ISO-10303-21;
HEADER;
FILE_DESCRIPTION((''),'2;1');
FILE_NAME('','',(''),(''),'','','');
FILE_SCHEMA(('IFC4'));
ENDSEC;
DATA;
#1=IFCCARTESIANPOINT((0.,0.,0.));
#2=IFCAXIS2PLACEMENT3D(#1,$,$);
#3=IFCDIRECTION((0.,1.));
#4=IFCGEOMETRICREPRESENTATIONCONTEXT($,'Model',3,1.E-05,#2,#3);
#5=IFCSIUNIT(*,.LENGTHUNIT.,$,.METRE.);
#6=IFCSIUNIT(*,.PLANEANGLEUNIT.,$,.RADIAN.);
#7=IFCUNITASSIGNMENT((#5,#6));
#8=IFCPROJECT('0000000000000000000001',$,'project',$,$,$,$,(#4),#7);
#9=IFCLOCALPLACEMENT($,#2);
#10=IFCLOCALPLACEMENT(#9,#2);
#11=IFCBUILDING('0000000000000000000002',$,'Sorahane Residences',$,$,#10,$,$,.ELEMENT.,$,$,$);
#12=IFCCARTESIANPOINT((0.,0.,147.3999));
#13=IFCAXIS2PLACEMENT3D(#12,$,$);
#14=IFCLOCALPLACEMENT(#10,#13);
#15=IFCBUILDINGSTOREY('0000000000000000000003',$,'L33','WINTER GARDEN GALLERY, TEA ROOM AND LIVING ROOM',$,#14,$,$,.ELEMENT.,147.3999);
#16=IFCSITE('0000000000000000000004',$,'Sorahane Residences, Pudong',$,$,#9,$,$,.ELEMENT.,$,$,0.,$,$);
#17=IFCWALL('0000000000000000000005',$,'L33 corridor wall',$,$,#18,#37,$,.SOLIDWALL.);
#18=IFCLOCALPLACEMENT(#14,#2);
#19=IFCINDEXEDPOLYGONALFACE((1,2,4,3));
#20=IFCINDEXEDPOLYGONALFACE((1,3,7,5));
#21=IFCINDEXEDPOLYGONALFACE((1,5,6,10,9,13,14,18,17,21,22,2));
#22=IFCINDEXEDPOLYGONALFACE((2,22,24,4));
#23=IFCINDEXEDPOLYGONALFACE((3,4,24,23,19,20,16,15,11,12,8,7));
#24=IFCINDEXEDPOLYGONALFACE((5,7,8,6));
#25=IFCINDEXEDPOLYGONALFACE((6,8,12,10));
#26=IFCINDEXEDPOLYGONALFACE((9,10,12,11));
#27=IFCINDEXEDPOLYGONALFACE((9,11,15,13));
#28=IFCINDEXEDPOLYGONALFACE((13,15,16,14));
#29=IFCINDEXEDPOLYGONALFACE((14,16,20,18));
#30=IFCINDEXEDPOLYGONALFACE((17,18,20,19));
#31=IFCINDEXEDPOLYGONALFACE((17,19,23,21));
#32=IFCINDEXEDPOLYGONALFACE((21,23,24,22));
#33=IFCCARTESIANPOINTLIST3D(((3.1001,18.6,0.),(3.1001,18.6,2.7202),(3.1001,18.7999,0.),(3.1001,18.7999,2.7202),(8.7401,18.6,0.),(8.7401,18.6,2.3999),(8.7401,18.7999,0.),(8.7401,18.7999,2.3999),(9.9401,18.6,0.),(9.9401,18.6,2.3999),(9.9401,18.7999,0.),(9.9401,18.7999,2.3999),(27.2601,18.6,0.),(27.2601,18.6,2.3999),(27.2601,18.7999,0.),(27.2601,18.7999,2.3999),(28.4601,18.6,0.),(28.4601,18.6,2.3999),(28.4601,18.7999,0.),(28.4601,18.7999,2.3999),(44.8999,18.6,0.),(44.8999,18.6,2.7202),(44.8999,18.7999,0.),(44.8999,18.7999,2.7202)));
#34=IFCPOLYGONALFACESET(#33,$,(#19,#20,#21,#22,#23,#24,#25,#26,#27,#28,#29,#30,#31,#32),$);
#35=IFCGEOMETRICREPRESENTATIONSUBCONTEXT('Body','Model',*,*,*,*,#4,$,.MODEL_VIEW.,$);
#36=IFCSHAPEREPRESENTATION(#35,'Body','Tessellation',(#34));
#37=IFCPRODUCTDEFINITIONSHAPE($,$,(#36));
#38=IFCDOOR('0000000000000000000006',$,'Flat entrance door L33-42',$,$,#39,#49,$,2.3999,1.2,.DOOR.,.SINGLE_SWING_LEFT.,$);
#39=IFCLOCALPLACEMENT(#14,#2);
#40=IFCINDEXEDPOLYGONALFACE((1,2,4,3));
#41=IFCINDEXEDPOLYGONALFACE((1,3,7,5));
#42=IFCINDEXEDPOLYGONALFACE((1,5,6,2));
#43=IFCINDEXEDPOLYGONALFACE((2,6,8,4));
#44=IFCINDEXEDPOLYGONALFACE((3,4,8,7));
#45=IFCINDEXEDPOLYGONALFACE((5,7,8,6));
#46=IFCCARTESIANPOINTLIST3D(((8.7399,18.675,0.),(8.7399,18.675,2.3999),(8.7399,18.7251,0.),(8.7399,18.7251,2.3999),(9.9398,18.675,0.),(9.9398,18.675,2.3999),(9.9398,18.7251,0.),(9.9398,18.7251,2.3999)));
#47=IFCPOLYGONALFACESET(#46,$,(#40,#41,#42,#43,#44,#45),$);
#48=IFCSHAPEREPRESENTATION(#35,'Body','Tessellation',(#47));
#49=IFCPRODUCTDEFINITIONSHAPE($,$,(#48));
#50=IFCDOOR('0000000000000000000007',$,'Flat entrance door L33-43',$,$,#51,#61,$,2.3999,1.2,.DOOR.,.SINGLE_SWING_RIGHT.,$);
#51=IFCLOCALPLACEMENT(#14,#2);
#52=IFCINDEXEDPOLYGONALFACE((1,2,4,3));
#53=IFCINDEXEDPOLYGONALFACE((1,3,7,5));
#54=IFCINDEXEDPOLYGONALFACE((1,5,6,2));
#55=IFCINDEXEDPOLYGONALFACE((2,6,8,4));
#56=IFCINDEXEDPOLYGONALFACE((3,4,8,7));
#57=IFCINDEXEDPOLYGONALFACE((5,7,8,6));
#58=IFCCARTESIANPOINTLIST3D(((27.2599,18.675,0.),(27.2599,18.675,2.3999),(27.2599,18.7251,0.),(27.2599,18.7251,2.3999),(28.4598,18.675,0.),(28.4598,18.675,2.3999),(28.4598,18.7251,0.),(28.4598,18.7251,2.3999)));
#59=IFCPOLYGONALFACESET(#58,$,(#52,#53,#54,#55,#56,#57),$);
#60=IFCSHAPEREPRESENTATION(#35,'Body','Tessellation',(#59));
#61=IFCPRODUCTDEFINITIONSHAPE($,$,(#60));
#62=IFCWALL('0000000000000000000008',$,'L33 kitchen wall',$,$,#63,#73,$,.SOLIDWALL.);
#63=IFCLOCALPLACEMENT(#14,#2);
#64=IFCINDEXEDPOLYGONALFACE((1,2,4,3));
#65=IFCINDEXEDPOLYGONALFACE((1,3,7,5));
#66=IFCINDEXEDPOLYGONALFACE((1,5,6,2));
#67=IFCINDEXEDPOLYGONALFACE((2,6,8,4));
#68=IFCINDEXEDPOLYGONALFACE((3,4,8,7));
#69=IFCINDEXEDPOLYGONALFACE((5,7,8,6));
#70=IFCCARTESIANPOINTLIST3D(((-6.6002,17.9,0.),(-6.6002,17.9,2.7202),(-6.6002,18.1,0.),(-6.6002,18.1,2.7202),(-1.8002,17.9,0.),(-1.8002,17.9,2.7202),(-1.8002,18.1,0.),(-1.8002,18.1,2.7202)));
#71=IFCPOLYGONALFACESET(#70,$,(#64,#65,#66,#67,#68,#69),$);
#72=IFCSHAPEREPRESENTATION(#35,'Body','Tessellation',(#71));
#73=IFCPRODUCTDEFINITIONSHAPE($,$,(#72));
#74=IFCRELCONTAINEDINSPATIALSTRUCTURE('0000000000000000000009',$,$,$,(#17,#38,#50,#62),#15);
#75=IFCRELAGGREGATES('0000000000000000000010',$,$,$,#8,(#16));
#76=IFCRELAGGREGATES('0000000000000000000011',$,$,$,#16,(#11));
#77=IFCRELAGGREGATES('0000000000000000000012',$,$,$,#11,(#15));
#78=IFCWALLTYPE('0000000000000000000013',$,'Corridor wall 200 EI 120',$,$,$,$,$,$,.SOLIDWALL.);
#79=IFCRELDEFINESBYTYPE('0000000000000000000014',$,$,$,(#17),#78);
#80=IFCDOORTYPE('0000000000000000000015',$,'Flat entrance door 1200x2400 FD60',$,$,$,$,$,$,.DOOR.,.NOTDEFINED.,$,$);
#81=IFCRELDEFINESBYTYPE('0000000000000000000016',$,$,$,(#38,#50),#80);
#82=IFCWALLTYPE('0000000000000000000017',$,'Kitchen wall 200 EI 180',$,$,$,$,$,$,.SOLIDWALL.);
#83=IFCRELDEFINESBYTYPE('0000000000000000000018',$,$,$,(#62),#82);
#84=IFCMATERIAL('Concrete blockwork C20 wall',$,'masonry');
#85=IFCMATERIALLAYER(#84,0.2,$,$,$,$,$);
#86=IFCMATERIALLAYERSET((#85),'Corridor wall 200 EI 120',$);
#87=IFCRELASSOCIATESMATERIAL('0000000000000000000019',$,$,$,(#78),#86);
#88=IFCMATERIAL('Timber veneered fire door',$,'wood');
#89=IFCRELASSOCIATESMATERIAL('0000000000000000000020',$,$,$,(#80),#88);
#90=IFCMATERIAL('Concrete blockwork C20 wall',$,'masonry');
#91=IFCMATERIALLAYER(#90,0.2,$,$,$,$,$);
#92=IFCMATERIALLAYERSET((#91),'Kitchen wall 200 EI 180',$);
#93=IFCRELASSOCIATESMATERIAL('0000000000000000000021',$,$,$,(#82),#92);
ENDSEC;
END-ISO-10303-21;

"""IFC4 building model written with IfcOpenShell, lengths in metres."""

from ifc_helpers import new_model, si_unit, direction, frame, frame_2d, origin, place, context, subcontext, project, spatial, rectangle, extrude, material, layer, layer_set, type_object, element, fill, save


model = new_model("IFC4")

# Units and contexts
model_context = context("Model", 3, precision=1e-05, world=origin(), true_north=direction((0.0, 1.0)))
body_context = subcontext(model_context, "Body", "Model", "MODEL_VIEW")
ifc_project = project(units=[si_unit("LENGTHUNIT", "METRE"), si_unit("PLANEANGLEUNIT", "RADIAN")], contexts=[model_context])

# Site, building, storey
site_placement = place(None, origin())
site = spatial("IfcSite", under=ifc_project, at=site_placement, Name="Sorahane Residences, Pudong", CompositionType="ELEMENT", RefElevation=0.0)
building_placement = place(site_placement, origin())
building = spatial("IfcBuilding", under=site, at=building_placement, Name="Sorahane Residences", CompositionType="ELEMENT")
storey_placement = place(building_placement, frame((0.0, 0.0, 147.3999)))
storey = spatial("IfcBuildingStorey", under=building, at=storey_placement, Name="L33", Description="WINTER GARDEN GALLERY, TEA ROOM AND LIVING ROOM", CompositionType="ELEMENT", Elevation=147.3999)

# Shared definitions
ifc_material_1 = material(Name="Concrete blockwork C20 wall", Category="masonry")
ifc_layer_1 = layer(ifc_material_1, 0.2)
ifc_layer_set_1 = layer_set([ifc_layer_1], Name="Corridor wall 200 EI 120")
wall_type_1 = type_object("IfcWallType", Name="Corridor wall 200 EI 120", PredefinedType="SOLIDWALL", material=ifc_layer_set_1)

# Wall, openings, doors
wall_1_placement = place(storey_placement, frame((3.1001, 18.7, 0.0), z_axis=(0.0, 0.0, 1.0), x_axis=(1.0, 0.0, 0.0)))
wall_1 = element("IfcWall", 1, at=wall_1_placement, inside=storey, type_object=wall_type_1, Name="L33 corridor wall", PredefinedType="SOLIDWALL", context=body_context, shape_type="SweptSolid", body=[
    extrude(rectangle(XDim=41.7998, YDim=0.2, at=frame_2d((20.8999, 0.0))), origin(), (0.0, 0.0, 1.0), 2.7202),
])
opening_1_placement = place(wall_1_placement, frame((5.6399, 0.0, 0.0)))
opening_1 = element("IfcOpeningElement", 2, at=opening_1_placement, cuts=wall_1, PredefinedType="OPENING", context=body_context, shape_type="SweptSolid", body=[
    extrude(rectangle(XDim=1.2, YDim=2.3999, at=frame_2d((0.6001, 1.2))), frame((0.0, 0.1099, 0.0), z_axis=(0.0, -1.0, 0.0), x_axis=(1.0, 0.0, 0.0)), (0.0, 0.0, 1.0), 0.22),
])
opening_2_placement = place(wall_1_placement, frame((24.1599, 0.0, 0.0)))
opening_2 = element("IfcOpeningElement", 3, at=opening_2_placement, cuts=wall_1, PredefinedType="OPENING", context=body_context, shape_type="SweptSolid", body=[
    extrude(rectangle(XDim=1.2, YDim=2.3999, at=frame_2d((0.6001, 1.2))), frame((0.0, 0.1099, 0.0), z_axis=(0.0, -1.0, 0.0), x_axis=(1.0, 0.0, 0.0)), (0.0, 0.0, 1.0), 0.22),
])
ifc_material_2 = material(Name="Timber veneered fire door", Category="wood")
door_type_1 = type_object("IfcDoorType", Name="Flat entrance door 1200x2400 FD60", OperationType="NOTDEFINED", PredefinedType="DOOR", material=ifc_material_2)
door_1_placement = place(opening_1_placement, frame((1.2, 0.0, 0.0), z_axis=(0.0, 0.0, 1.0), x_axis=(-1.0, 0.0, 0.0)))
door_1 = element("IfcDoor", 4, at=door_1_placement, inside=storey, type_object=door_type_1, Name="Flat entrance door L33-42", OperationType="SINGLE_SWING_LEFT", OverallHeight=2.3999, OverallWidth=1.2, PredefinedType="DOOR", context=body_context, shape_type="SweptSolid", body=[
    extrude(rectangle(XDim=1.2, YDim=2.3999, at=frame_2d((0.6001, 1.2))), frame((0.0, 0.0249, 0.0), z_axis=(0.0, -1.0, 0.0), x_axis=(1.0, 0.0, 0.0)), (0.0, 0.0, 1.0), 0.05),
])
fill(opening_1, door_1)
door_2_placement = place(opening_2_placement, frame((1.2, 0.0, 0.0), z_axis=(0.0, 0.0, 1.0), x_axis=(-1.0, 0.0, 0.0)))
door_2 = element("IfcDoor", 5, at=door_2_placement, inside=storey, type_object=door_type_1, Name="Flat entrance door L33-43", OperationType="SINGLE_SWING_RIGHT", OverallHeight=2.3999, OverallWidth=1.2, PredefinedType="DOOR", context=body_context, shape_type="SweptSolid", body=[
    extrude(rectangle(XDim=1.2, YDim=2.3999, at=frame_2d((0.6001, 1.2))), frame((0.0, 0.0249, 0.0), z_axis=(0.0, -1.0, 0.0), x_axis=(1.0, 0.0, 0.0)), (0.0, 0.0, 1.0), 0.05),
])
fill(opening_2, door_2)

# Wall
ifc_material_3 = material(Name="Concrete blockwork C20 wall", Category="masonry")
ifc_layer_2 = layer(ifc_material_3, 0.2)
ifc_layer_set_2 = layer_set([ifc_layer_2], Name="Kitchen wall 200 EI 180")
wall_type_2 = type_object("IfcWallType", Name="Kitchen wall 200 EI 180", PredefinedType="SOLIDWALL", material=ifc_layer_set_2)
wall_2_placement = place(storey_placement, frame((-6.6001, 18.0, 0.0), z_axis=(0.0, 0.0, 1.0), x_axis=(1.0, 0.0, 0.0)))
element("IfcWall", 6, at=wall_2_placement, inside=storey, type_object=wall_type_2, Name="L33 kitchen wall", PredefinedType="SOLIDWALL", context=body_context, shape_type="SweptSolid", body=[
    extrude(rectangle(XDim=4.8, YDim=0.2, at=frame_2d((2.3999, 0.0))), origin(), (0.0, 0.0, 1.0), 2.7202),
])

save(model, "model.ifc")
